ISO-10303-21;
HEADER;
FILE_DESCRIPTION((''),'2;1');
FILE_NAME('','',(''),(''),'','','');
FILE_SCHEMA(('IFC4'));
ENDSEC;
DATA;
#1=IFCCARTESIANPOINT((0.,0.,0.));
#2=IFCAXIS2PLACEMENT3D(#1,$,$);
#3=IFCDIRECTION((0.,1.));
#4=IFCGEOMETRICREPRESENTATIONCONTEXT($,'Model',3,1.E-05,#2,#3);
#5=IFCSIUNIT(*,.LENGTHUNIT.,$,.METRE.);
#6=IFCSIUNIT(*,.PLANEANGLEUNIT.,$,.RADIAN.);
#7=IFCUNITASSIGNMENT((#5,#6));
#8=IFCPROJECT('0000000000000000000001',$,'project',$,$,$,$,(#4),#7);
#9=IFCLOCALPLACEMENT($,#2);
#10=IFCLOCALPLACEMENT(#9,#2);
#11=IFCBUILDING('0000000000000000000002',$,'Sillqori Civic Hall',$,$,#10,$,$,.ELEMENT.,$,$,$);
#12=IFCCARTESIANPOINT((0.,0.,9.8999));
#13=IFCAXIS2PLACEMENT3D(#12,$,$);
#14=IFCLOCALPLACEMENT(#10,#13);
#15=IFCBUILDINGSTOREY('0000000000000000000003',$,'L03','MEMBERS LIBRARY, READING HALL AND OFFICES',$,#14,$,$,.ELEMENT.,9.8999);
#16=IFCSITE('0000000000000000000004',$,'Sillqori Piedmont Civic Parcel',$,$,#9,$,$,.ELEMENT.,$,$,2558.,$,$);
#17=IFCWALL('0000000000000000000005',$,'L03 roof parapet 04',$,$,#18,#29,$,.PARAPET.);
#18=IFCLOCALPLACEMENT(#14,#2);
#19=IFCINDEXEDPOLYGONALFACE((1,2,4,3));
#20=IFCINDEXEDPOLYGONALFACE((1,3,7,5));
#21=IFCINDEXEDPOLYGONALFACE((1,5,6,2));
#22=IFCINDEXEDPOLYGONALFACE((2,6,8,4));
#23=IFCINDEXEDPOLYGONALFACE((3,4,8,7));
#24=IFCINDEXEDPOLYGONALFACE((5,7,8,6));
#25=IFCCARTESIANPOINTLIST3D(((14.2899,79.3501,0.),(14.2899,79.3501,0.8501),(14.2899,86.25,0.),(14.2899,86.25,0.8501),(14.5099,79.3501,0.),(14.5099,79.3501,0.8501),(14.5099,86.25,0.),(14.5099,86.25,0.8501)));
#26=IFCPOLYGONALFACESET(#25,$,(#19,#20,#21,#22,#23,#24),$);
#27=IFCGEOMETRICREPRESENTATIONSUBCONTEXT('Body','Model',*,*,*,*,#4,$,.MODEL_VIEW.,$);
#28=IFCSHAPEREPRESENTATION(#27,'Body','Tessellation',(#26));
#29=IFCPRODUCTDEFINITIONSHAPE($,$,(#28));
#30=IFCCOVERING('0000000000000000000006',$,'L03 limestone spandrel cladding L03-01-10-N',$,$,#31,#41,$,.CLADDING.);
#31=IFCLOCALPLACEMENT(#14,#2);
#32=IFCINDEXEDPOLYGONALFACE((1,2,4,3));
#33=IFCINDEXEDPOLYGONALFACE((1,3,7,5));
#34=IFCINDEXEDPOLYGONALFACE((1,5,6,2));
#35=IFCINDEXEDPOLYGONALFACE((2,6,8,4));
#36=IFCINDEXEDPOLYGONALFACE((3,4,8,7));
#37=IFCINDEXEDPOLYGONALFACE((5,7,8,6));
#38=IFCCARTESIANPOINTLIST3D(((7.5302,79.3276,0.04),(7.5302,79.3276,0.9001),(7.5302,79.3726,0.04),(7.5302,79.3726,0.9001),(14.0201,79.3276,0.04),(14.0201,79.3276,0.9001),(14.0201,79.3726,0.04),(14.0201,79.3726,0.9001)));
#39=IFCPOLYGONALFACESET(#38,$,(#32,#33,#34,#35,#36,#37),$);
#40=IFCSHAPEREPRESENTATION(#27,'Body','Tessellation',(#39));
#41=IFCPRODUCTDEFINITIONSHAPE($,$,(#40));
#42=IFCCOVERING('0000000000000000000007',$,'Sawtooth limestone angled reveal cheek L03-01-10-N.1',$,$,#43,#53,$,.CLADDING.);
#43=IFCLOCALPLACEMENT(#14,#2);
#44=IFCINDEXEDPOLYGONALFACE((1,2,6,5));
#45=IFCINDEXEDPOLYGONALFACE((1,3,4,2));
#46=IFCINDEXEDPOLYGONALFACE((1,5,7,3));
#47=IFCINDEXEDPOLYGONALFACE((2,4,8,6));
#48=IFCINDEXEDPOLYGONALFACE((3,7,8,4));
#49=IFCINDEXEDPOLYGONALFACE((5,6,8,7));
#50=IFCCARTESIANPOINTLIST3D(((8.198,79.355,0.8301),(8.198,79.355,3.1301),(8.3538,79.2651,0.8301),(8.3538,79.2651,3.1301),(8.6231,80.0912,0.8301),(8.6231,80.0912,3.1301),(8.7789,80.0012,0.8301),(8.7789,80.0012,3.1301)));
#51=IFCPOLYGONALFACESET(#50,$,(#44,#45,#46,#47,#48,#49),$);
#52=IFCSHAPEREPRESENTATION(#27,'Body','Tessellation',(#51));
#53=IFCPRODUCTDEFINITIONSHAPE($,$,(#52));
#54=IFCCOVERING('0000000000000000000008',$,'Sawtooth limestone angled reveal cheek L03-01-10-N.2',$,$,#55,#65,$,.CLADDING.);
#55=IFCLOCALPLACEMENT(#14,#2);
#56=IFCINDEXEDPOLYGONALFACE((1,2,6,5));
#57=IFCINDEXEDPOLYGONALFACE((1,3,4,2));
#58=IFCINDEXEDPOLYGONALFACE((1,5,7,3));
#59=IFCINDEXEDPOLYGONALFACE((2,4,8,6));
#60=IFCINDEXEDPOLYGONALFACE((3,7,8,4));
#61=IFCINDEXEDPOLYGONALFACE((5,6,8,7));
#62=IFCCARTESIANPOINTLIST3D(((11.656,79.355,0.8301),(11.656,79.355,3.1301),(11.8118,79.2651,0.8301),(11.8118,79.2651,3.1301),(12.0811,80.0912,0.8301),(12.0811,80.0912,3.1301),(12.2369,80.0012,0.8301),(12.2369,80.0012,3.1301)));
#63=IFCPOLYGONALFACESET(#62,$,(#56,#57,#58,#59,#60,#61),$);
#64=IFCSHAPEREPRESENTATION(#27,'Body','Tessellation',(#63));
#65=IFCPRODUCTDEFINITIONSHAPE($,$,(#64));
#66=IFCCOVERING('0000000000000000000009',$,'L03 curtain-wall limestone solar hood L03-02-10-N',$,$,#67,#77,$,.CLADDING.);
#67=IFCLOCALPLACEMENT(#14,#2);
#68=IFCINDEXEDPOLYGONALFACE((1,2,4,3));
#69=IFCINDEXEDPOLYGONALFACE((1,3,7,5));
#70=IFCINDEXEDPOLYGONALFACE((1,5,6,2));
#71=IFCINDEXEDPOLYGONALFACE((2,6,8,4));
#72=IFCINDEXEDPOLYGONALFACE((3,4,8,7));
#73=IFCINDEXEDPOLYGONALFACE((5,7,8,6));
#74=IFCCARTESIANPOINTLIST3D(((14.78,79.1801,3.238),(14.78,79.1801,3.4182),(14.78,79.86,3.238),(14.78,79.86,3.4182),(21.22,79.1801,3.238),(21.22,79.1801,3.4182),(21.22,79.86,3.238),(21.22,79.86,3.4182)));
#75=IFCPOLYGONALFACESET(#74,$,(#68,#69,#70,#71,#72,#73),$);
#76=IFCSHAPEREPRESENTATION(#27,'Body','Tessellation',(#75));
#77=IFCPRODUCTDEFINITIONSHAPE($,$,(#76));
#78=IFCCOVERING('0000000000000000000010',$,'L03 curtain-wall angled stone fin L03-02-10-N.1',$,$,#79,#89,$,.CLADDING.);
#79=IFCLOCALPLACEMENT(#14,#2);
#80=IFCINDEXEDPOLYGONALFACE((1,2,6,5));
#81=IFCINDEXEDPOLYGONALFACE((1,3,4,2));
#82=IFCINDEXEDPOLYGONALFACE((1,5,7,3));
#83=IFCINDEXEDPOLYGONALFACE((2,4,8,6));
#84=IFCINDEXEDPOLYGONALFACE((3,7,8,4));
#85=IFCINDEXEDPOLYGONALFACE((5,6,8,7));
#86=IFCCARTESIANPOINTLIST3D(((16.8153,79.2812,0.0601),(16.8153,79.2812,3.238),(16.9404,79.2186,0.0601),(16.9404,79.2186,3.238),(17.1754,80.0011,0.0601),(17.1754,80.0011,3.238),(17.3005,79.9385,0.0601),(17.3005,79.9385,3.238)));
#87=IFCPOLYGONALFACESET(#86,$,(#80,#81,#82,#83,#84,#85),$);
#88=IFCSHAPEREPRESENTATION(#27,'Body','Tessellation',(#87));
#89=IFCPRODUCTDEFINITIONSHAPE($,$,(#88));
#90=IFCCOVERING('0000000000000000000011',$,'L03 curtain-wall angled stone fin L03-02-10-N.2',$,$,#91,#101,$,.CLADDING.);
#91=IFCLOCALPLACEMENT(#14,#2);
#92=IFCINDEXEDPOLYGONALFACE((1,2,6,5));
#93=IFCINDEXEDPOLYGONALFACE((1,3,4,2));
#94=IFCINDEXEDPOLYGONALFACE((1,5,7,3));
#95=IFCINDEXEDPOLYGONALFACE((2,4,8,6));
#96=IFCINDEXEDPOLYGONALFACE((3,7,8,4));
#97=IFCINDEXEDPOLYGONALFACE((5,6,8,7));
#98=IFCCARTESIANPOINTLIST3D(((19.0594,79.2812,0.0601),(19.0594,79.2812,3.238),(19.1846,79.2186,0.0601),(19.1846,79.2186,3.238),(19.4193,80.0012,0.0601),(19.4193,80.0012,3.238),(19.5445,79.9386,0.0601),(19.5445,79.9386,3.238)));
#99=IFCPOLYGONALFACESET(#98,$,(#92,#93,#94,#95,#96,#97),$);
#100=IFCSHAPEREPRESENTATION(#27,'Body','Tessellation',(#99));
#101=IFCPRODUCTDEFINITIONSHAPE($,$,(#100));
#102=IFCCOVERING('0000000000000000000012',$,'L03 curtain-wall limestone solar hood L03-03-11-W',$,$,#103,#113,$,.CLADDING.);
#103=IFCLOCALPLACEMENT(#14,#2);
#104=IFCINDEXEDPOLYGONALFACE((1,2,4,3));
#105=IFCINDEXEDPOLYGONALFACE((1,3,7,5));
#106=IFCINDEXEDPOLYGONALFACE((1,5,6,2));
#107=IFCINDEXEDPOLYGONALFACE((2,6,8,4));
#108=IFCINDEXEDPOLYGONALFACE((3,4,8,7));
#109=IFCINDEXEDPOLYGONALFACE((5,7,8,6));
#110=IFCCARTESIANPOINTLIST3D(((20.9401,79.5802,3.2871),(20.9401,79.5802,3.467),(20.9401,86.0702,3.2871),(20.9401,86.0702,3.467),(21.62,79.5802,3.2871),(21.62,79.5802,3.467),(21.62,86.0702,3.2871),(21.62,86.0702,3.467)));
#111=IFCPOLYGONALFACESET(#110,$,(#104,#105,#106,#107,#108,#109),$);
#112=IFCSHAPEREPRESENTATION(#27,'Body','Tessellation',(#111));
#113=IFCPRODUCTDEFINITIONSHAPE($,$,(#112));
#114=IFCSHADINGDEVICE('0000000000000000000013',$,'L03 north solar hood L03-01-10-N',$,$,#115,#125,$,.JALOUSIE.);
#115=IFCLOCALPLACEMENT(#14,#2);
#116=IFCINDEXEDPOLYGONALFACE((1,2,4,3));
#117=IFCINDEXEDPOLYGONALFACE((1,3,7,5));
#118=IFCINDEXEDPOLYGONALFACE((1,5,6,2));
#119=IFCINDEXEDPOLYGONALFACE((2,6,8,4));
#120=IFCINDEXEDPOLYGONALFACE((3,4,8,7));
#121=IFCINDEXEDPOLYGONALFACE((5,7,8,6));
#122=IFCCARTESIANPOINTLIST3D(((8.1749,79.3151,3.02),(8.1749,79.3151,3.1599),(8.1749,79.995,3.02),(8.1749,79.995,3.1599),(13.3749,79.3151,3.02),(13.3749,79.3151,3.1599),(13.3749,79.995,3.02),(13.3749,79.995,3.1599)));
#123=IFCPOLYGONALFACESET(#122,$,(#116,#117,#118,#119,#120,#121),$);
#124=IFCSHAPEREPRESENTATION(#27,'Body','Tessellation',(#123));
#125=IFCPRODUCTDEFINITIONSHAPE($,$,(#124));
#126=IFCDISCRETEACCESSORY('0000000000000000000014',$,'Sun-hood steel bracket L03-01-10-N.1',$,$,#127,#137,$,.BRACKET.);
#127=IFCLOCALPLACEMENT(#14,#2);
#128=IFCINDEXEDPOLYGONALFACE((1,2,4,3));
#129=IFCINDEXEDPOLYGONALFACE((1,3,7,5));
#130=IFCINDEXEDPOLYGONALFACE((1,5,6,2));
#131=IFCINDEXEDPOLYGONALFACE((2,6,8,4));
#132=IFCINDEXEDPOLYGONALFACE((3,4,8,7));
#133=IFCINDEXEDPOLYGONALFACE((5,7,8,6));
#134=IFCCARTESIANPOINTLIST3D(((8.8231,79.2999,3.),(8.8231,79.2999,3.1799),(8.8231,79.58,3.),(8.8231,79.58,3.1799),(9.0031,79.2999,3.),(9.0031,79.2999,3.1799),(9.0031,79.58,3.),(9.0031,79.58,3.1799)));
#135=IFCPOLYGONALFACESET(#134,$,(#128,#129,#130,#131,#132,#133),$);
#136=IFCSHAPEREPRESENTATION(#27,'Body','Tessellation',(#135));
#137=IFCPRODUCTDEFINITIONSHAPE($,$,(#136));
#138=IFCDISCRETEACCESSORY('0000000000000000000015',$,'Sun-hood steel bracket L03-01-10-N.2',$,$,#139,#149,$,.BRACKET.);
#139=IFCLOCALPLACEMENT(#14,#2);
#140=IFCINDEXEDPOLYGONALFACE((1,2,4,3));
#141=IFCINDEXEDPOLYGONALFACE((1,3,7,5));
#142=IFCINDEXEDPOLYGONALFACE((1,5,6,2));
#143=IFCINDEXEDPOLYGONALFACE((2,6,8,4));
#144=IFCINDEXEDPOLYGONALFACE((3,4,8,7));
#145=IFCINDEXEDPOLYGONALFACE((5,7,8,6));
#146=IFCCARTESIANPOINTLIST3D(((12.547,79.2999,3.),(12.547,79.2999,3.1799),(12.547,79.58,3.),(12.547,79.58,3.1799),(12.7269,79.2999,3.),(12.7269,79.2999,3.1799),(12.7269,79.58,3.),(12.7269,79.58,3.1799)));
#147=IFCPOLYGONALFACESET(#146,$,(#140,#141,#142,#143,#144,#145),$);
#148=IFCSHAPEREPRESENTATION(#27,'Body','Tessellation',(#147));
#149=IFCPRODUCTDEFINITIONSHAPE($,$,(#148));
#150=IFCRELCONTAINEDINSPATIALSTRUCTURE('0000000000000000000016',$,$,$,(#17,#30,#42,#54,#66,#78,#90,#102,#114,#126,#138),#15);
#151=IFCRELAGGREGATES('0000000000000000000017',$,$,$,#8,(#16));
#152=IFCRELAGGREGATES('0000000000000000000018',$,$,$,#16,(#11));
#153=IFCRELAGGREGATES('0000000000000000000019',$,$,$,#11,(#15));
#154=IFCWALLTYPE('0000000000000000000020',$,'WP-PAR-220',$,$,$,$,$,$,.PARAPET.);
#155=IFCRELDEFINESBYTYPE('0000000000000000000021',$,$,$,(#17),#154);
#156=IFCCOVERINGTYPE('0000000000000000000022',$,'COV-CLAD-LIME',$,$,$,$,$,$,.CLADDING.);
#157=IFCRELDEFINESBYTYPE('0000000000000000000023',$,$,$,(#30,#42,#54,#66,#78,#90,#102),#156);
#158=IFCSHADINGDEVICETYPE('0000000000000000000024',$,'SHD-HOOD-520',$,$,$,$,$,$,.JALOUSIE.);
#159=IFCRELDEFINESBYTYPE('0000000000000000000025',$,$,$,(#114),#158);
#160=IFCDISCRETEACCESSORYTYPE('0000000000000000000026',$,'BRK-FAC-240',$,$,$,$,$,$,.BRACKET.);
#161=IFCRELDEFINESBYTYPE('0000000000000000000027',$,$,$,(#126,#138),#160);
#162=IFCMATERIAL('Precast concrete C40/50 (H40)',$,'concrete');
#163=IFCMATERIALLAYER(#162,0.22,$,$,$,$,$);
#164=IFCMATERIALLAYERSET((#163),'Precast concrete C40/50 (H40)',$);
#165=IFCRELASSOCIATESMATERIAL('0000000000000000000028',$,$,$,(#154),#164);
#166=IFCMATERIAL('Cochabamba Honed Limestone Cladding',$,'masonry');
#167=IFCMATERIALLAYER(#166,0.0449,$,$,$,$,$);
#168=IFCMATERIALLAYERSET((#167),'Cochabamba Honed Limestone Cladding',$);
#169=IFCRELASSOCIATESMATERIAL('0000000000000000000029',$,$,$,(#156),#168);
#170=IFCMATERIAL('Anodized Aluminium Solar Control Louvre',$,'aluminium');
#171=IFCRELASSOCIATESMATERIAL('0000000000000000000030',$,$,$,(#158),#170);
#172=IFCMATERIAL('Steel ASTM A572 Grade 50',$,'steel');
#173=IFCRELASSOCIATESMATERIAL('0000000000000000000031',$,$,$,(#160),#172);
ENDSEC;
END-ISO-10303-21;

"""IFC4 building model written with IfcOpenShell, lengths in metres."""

from ifc_helpers import new_model, si_unit, direction, frame, frame_2d, origin, origin_2d, place, context, subcontext, project, spatial, rectangle, extrude, material, layer, layer_set, type_object, element, save


model = new_model("IFC4")

# Units and contexts
model_context = context("Model", 3, precision=1e-05, world=origin(), true_north=direction((0.0, 1.0)))
body_context = subcontext(model_context, "Body", "Model", "MODEL_VIEW")
ifc_project = project(units=[si_unit("LENGTHUNIT", "METRE"), si_unit("PLANEANGLEUNIT", "RADIAN")], contexts=[model_context])

# Site, building, storey
site_placement = place(None, origin())
site = spatial("IfcSite", under=ifc_project, at=site_placement, Name="Sillqori Piedmont Civic Parcel", CompositionType="ELEMENT", RefElevation=2558.0)
building_placement = place(site_placement, origin())
building = spatial("IfcBuilding", under=site, at=building_placement, Name="Sillqori Civic Hall", CompositionType="ELEMENT")
storey_placement = place(building_placement, frame((0.0, 0.0, 9.8999)))
storey = spatial("IfcBuildingStorey", under=building, at=storey_placement, Name="L03", Description="MEMBERS LIBRARY, READING HALL AND OFFICES", CompositionType="ELEMENT", Elevation=9.8999)

# Wall
ifc_material_1 = material(Name="Precast concrete C40/50 (H40)", Category="concrete")
ifc_layer_1 = layer(ifc_material_1, 0.22)
ifc_layer_set_1 = layer_set([ifc_layer_1], Name="Precast concrete C40/50 (H40)")
wall_type_1 = type_object("IfcWallType", Name="WP-PAR-220", PredefinedType="PARAPET", material=ifc_layer_set_1)
wall_1_placement = place(storey_placement, frame((14.3999, 79.3501, 0.0), z_axis=(0.0, 0.0, 1.0), x_axis=(0.0, 1.0, 0.0)))
element("IfcWall", 1, at=wall_1_placement, inside=storey, type_object=wall_type_1, Name="L03 roof parapet 04", PredefinedType="PARAPET", context=body_context, shape_type="SweptSolid", body=[
    extrude(rectangle(XDim=6.8999, YDim=0.22, at=frame_2d((3.45, 0.0))), origin(), (0.0, 0.0, 1.0), 0.8501),
])

# Coverings
ifc_material_2 = material(Name="Cochabamba Honed Limestone Cladding", Category="masonry")
ifc_layer_2 = layer(ifc_material_2, 0.0449)
ifc_layer_set_2 = layer_set([ifc_layer_2], Name="Cochabamba Honed Limestone Cladding")
covering_type = type_object("IfcCoveringType", Name="COV-CLAD-LIME", PredefinedType="CLADDING", material=ifc_layer_set_2)
covering_1_placement = place(storey_placement, frame((7.53, 79.3501, 0.04), z_axis=(0.0, 0.0, 1.0), x_axis=(1.0, 0.0, 0.0)))
element("IfcCovering", 2, at=covering_1_placement, inside=storey, type_object=covering_type, Name="L03 limestone spandrel cladding L03-01-10-N", PredefinedType="CLADDING", context=body_context, shape_type="SweptSolid", body=[
    extrude(rectangle(XDim=6.49, YDim=0.0449, at=frame_2d((3.2451, 0.0))), origin(), (0.0, 0.0, 1.0), 0.8601),
])
for number, where, z_axis, x_axis, name in (
    (3, (8.2759, 79.3101, 0.8301), (0.0, 0.0, 1.0), (0.500062, 0.865989, 0.0), "Sawtooth limestone angled reveal cheek L03-01-10-N.1"),
    (4, (11.7339, 79.3101, 0.8301), (0.0, 0.0, 1.0), (0.500062, 0.865989, 0.0), "Sawtooth limestone angled reveal cheek L03-01-10-N.2"),
):
    element("IfcCovering", number, at=place(storey_placement, frame(where, z_axis=z_axis, x_axis=x_axis)), inside=storey, type_object=covering_type, Name=name, PredefinedType="CLADDING", context=body_context, shape_type="SweptSolid", body=[
        extrude(rectangle(XDim=0.8501, YDim=0.1799, at=frame_2d((0.425, 0.0))), origin(), (0.0, 0.0, 1.0), 2.3),
    ])
covering_2_placement = place(storey_placement, frame((14.78, 79.52, 3.238), z_axis=(0.0, 0.0, 1.0), x_axis=(1.0, 0.0, 0.0)))
element("IfcCovering", 5, at=covering_2_placement, inside=storey, type_object=covering_type, Name="L03 curtain-wall limestone solar hood L03-02-10-N", PredefinedType="CLADDING", context=body_context, shape_type="SweptSolid", body=[
    extrude(rectangle(XDim=6.4399, YDim=0.6799, at=frame_2d((3.22, 0.0))), origin(), (0.0, 0.0, 1.0), 0.1802),
])
for number, where, z_axis, x_axis, name in (
    (6, (16.8779, 79.25, 0.0601), (0.0, 0.0, 1.0), (0.447335, 0.894367, 0.0), "L03 curtain-wall angled stone fin L03-02-10-N.1"),
    (7, (19.1221, 79.25, 0.0601), (0.0, 0.0, 1.0), (0.447092, 0.894488, 0.0), "L03 curtain-wall angled stone fin L03-02-10-N.2"),
):
    element("IfcCovering", number, at=place(storey_placement, frame(where, z_axis=z_axis, x_axis=x_axis)), inside=storey, type_object=covering_type, Name=name, PredefinedType="CLADDING", context=body_context, shape_type="SweptSolid", body=[
        extrude(rectangle(XDim=0.8049, YDim=0.1399, at=frame_2d((0.4023, 0.0))), origin(), (0.0, 0.0, 1.0), 3.178),
    ])
covering_3_placement = place(storey_placement, frame((21.28, 79.5801, 3.2871), z_axis=(0.0, 0.0, 1.0), x_axis=(0.0, 1.0, 0.0)))
element("IfcCovering", 8, at=covering_3_placement, inside=storey, type_object=covering_type, Name="L03 curtain-wall limestone solar hood L03-03-11-W", PredefinedType="CLADDING", context=body_context, shape_type="SweptSolid", body=[
    extrude(rectangle(XDim=6.49, YDim=0.6799, at=frame_2d((3.2451, 0.0))), origin(), (0.0, 0.0, 1.0), 0.1799),
])

# Shading device
ifc_material_3 = material(Name="Anodized Aluminium Solar Control Louvre", Category="aluminium")
shading_device_type = type_object("IfcShadingDeviceType", Name="SHD-HOOD-520", PredefinedType="JALOUSIE", material=ifc_material_3)
shading_device_placement = place(storey_placement, frame((10.7749, 79.655, 3.02), z_axis=(0.0, 0.0, 1.0), x_axis=(1.0, 0.0, 0.0)))
element("IfcShadingDevice", 9, at=shading_device_placement, inside=storey, type_object=shading_device_type, Name="L03 north solar hood L03-01-10-N", PredefinedType="JALOUSIE", context=body_context, shape_type="SweptSolid", body=[
    extrude(rectangle(XDim=5.2, YDim=0.6799, at=origin_2d()), origin(), (0.0, 0.0, 1.0), 0.1399),
])

# Discrete accessories
ifc_material_4 = material(Name="Steel ASTM A572 Grade 50", Category="steel")
discrete_accessory_type = type_object("IfcDiscreteAccessoryType", Name="BRK-FAC-240", PredefinedType="BRACKET", material=ifc_material_4)
for number, where, z_axis, x_axis, name in (
    (10, (8.9131, 79.4399, 3.0), (0.0, 0.0, 1.0), (1.0, 0.0, 0.0), "Sun-hood steel bracket L03-01-10-N.1"),
    (11, (12.637, 79.4399, 3.0), (0.0, 0.0, 1.0), (1.0, 0.0, 0.0), "Sun-hood steel bracket L03-01-10-N.2"),
):
    element("IfcDiscreteAccessory", number, at=place(storey_placement, frame(where, z_axis=z_axis, x_axis=x_axis)), inside=storey, type_object=discrete_accessory_type, Name=name, PredefinedType="BRACKET", context=body_context, shape_type="SweptSolid", body=[
        extrude(rectangle(XDim=0.1799, YDim=0.28, at=origin_2d()), origin(), (0.0, 0.0, 1.0), 0.1799),
    ])

save(model, "model.ifc")
